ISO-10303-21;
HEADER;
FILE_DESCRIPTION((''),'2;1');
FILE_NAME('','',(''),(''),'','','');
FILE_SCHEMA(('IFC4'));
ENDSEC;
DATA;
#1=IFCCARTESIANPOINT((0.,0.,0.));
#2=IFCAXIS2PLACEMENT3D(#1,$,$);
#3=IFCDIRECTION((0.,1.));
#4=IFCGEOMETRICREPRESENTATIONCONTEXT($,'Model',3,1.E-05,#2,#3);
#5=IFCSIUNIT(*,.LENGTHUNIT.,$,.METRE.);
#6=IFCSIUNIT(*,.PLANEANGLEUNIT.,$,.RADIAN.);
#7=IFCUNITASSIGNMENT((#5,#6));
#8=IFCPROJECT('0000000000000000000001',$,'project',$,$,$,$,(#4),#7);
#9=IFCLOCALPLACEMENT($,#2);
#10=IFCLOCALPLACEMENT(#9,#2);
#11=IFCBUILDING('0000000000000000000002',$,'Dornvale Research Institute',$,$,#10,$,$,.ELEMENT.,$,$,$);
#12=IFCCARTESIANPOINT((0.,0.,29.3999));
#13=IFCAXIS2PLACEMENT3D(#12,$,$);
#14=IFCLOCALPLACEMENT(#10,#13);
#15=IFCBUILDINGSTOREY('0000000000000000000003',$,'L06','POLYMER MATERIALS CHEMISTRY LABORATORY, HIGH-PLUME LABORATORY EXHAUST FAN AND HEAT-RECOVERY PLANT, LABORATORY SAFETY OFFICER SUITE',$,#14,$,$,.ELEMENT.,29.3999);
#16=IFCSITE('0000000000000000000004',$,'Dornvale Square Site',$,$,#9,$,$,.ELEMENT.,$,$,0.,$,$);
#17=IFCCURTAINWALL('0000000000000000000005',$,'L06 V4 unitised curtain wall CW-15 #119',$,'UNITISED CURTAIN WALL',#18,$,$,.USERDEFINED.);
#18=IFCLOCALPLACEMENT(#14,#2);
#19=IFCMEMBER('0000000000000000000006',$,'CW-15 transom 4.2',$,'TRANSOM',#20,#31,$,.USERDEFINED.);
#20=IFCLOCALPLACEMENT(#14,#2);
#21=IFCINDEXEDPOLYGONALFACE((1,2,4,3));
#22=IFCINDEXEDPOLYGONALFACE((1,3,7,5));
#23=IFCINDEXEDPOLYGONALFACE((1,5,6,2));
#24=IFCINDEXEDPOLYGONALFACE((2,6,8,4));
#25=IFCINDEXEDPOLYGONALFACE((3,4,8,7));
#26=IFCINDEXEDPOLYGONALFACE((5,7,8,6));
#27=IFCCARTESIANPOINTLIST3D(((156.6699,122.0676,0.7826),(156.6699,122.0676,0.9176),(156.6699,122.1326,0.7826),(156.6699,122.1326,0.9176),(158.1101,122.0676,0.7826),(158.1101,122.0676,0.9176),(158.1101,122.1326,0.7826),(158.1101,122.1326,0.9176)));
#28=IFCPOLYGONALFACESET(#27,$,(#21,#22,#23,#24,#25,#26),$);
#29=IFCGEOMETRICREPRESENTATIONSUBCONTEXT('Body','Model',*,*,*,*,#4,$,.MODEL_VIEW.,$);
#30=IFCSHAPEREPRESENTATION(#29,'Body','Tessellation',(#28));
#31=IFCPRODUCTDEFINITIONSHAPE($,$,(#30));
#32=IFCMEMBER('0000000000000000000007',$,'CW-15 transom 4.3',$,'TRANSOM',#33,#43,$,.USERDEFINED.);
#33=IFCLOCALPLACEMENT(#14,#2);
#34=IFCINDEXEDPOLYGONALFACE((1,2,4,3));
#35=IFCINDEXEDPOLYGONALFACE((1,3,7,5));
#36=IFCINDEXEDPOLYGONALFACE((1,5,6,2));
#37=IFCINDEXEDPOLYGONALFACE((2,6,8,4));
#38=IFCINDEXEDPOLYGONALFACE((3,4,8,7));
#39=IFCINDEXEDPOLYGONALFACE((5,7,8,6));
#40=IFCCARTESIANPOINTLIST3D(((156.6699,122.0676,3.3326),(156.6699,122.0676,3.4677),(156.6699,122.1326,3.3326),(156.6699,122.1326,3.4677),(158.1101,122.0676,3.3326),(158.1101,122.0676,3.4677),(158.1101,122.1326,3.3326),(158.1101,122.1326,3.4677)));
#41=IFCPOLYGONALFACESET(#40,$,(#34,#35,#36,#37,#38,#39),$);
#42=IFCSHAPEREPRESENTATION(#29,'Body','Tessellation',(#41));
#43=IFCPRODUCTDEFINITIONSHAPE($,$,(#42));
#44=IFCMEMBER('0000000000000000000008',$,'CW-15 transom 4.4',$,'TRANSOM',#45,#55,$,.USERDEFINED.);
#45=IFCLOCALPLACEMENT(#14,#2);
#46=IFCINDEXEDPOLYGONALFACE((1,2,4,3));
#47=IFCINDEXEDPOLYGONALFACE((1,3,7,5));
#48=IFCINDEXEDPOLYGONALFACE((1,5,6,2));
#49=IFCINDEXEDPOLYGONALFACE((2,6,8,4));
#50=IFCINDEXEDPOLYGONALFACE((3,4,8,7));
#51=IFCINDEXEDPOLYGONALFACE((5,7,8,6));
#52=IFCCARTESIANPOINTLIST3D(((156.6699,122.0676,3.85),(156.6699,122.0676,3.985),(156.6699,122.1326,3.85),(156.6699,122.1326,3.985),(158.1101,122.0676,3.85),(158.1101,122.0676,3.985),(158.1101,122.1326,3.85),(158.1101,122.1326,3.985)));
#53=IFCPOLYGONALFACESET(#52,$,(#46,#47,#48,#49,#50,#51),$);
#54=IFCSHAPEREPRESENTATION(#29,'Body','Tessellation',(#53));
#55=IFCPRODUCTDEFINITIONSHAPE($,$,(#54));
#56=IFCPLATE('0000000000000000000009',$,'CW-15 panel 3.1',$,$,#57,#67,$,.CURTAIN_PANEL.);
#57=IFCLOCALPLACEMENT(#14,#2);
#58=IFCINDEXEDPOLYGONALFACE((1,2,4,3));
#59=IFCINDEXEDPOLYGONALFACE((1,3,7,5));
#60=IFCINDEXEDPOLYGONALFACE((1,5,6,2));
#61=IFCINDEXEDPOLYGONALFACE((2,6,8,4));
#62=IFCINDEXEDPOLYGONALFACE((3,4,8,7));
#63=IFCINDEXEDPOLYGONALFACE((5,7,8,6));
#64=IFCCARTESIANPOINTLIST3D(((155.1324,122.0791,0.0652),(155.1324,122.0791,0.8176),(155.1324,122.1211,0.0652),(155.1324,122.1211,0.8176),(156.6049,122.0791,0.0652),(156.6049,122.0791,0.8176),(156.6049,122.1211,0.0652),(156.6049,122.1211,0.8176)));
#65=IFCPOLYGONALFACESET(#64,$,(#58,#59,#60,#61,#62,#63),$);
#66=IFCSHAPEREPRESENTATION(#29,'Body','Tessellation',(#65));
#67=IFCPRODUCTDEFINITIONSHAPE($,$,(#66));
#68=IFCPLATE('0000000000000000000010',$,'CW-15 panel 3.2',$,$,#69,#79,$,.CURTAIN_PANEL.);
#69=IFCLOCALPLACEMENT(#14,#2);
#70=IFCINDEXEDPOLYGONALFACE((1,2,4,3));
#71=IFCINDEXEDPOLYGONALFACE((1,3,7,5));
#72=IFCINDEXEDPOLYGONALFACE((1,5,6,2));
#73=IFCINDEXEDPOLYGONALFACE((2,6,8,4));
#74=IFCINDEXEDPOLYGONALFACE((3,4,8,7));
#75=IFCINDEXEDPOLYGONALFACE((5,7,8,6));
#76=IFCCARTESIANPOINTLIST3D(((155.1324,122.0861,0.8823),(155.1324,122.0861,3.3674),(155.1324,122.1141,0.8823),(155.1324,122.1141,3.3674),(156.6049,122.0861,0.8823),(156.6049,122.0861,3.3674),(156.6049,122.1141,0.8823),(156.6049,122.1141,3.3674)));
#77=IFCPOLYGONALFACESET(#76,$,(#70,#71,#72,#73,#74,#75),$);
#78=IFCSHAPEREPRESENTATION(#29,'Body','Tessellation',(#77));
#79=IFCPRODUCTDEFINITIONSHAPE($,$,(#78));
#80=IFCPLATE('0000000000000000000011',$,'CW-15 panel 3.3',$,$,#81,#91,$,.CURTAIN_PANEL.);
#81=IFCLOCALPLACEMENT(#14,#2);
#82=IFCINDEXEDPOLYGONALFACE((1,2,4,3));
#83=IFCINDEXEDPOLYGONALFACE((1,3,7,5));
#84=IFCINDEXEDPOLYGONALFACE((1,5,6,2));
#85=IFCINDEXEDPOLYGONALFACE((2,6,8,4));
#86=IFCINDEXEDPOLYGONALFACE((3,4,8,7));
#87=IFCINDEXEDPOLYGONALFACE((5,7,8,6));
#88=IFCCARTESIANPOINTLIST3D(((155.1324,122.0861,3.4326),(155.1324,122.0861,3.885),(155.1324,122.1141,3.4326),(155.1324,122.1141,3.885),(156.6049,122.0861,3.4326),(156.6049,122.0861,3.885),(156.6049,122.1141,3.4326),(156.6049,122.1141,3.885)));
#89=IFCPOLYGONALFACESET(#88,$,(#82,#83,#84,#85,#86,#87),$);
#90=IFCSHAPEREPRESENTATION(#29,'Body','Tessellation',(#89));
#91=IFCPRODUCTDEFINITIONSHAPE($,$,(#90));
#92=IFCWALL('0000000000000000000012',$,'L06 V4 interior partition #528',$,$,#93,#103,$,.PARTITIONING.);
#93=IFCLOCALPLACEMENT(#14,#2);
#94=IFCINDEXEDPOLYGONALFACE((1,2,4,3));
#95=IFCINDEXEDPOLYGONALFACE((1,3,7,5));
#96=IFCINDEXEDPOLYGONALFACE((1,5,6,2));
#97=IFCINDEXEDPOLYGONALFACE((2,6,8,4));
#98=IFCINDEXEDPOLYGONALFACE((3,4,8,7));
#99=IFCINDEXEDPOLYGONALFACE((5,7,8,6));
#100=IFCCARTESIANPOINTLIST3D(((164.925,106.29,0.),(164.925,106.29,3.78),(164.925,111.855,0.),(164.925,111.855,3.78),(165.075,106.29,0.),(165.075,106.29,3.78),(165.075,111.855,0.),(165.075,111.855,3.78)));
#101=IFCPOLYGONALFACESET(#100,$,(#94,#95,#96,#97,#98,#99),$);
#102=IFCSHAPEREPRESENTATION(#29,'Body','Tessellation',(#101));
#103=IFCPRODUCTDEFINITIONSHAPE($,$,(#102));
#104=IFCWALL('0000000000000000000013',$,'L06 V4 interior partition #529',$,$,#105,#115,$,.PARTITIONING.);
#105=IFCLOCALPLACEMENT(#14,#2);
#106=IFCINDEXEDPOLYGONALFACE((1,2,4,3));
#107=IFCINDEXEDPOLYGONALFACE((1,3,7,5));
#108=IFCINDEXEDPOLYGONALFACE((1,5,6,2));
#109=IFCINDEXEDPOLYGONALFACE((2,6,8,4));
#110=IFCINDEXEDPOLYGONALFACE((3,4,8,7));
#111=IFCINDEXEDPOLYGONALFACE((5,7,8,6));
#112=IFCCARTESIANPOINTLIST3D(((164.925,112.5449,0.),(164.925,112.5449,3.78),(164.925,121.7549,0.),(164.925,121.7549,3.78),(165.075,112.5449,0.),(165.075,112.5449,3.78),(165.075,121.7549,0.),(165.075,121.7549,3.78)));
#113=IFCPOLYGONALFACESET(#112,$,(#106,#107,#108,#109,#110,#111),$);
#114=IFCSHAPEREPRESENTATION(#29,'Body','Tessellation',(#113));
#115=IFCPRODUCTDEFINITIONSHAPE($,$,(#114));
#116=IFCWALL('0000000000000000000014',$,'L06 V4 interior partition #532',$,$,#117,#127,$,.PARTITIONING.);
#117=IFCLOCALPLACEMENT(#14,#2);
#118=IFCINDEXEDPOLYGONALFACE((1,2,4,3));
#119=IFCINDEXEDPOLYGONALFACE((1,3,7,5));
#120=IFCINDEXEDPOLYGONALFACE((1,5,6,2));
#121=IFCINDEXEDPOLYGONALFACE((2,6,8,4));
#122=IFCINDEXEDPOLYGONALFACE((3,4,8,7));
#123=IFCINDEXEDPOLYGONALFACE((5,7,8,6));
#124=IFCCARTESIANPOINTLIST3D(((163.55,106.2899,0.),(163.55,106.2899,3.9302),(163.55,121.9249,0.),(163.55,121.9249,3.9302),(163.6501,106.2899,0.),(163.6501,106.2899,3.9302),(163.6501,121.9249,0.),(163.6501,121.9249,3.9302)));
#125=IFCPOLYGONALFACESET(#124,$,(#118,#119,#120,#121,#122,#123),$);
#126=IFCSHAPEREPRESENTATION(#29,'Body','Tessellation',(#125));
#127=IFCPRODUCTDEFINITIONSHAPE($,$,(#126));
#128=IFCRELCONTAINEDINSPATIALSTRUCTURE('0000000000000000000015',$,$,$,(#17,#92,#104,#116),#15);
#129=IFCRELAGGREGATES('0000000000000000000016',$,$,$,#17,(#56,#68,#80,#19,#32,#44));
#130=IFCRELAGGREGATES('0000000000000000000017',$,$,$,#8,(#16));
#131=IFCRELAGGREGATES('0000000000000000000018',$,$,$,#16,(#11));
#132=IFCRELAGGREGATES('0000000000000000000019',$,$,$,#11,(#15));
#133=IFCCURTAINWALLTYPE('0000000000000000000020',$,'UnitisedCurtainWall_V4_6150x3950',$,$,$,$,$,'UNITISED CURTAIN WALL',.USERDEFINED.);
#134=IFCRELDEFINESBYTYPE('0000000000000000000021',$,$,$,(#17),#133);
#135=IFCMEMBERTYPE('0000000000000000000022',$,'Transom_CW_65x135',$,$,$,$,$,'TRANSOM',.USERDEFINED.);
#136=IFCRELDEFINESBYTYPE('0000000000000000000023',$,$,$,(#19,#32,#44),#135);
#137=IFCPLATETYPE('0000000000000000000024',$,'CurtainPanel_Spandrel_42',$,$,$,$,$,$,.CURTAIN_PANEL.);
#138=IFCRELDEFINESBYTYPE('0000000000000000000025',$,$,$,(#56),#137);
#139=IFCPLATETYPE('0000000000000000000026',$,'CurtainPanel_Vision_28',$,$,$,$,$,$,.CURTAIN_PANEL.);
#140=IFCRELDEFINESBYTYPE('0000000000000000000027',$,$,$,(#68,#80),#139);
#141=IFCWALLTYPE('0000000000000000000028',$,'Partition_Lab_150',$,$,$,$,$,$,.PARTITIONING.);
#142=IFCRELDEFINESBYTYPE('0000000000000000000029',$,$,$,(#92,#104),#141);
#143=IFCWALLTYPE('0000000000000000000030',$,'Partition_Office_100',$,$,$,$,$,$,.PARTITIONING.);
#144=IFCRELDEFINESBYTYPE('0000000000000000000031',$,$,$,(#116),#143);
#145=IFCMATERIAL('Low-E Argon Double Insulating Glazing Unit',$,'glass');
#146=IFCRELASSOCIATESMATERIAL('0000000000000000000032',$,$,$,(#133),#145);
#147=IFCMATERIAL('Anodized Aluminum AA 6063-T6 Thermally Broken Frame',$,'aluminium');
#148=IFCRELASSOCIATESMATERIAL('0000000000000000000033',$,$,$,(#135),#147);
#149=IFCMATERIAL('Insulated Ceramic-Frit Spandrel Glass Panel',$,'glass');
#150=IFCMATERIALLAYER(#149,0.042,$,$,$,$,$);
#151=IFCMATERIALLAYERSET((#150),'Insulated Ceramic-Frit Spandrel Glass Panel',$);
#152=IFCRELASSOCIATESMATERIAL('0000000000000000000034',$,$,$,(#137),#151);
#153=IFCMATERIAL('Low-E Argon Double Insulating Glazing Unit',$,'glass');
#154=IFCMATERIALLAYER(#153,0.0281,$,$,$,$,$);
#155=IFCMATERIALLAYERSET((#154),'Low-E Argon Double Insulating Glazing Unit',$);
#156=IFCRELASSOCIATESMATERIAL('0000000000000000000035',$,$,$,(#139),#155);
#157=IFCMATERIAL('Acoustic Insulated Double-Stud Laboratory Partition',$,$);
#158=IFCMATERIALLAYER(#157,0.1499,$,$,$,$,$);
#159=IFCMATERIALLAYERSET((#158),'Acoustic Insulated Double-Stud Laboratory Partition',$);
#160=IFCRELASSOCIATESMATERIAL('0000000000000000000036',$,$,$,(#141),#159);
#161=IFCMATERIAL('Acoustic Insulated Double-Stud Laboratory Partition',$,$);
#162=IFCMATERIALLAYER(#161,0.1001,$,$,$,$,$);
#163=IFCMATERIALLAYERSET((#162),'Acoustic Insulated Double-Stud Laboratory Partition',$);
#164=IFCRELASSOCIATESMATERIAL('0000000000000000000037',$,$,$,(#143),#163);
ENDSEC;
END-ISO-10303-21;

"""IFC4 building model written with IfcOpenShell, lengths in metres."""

from ifc_helpers import new_model, si_unit, direction, frame, frame_2d, origin, origin_2d, place, context, subcontext, project, spatial, rectangle, extrude, material, layer, layer_set, material_profile, profile_set, type_object, element, aggregate, save


model = new_model("IFC4")

# Units and contexts
model_context = context("Model", 3, precision=1e-05, world=origin(), true_north=direction((0.0, 1.0)))
body_context = subcontext(model_context, "Body", "Model", "MODEL_VIEW")
ifc_project = project(units=[si_unit("LENGTHUNIT", "METRE"), si_unit("PLANEANGLEUNIT", "RADIAN")], contexts=[model_context])

# Site, building, storey
site_placement = place(None, origin())
site = spatial("IfcSite", under=ifc_project, at=site_placement, Name="Dornvale Square Site", CompositionType="ELEMENT", RefElevation=0.0)
building_placement = place(site_placement, origin())
building = spatial("IfcBuilding", under=site, at=building_placement, Name="Dornvale Research Institute", CompositionType="ELEMENT")
storey_placement = place(building_placement, frame((0.0, 0.0, 29.3999)))
storey = spatial("IfcBuildingStorey", under=building, at=storey_placement, Name="L06", Description="POLYMER MATERIALS CHEMISTRY LABORATORY, HIGH-PLUME LABORATORY EXHAUST FAN AND HEAT-RECOVERY PLANT, LABORATORY SAFETY OFFICER SUITE", CompositionType="ELEMENT", Elevation=29.3999)

# Curtain wall, members, plates
ifc_material_1 = material(Name="Low-E Argon Double Insulating Glazing Unit", Category="glass")
curtain_wall_type = type_object("IfcCurtainWallType", Name="UnitisedCurtainWall_V4_6150x3950", ElementType="UNITISED CURTAIN WALL", PredefinedType="USERDEFINED", material=ifc_material_1)
curtain_wall_placement = place(storey_placement, origin())
curtain_wall = element("IfcCurtainWall", 1, at=curtain_wall_placement, inside=storey, type_object=curtain_wall_type, Name="L06 V4 unitised curtain wall CW-15 #119", ObjectType="UNITISED CURTAIN WALL", PredefinedType="USERDEFINED")
ifc_material_2 = material(Name="Anodized Aluminum AA 6063-T6 Thermally Broken Frame", Category="aluminium")
ifc_material_profile_1 = material_profile(ifc_material_2, rectangle(XDim=0.0649, YDim=0.135, at=origin_2d()), Name="ALU TRANSOM 65x135")
ifc_profile_set_1 = profile_set([ifc_material_profile_1], Name="Anodized Aluminum AA 6063-T6 Thermally Broken Frame")
member_type_1 = type_object("IfcMemberType", Name="Transom_CW_65x135", ElementType="TRANSOM", PredefinedType="USERDEFINED", material=ifc_profile_set_1)
member_1_placement = place(storey_placement, frame((156.6699, 122.1001, 0.8501), z_axis=(1.0, 0.0, 0.0), x_axis=(0.0, 1.0, 0.0)))
member_1 = element("IfcMember", 2, at=member_1_placement, type_object=member_type_1, Name="CW-15 transom 4.2", ObjectType="TRANSOM", PredefinedType="USERDEFINED", context=body_context, shape_type="SweptSolid", body=[
    extrude(rectangle(XDim=0.0649, YDim=0.135, at=origin_2d()), origin(), (0.0, 0.0, 1.0), 1.4402),
])
member_2_placement = place(storey_placement, frame((156.6699, 122.1001, 3.4001), z_axis=(1.0, 0.0, 0.0), x_axis=(0.0, 1.0, 0.0)))
member_2 = element("IfcMember", 3, at=member_2_placement, type_object=member_type_1, Name="CW-15 transom 4.3", ObjectType="TRANSOM", PredefinedType="USERDEFINED", context=body_context, shape_type="SweptSolid", body=[
    extrude(rectangle(XDim=0.0649, YDim=0.135, at=origin_2d()), origin(), (0.0, 0.0, 1.0), 1.4402),
])
member_3_placement = place(storey_placement, frame((156.6699, 122.1001, 3.9175), z_axis=(1.0, 0.0, 0.0), x_axis=(0.0, 1.0, 0.0)))
member_3 = element("IfcMember", 4, at=member_3_placement, type_object=member_type_1, Name="CW-15 transom 4.4", ObjectType="TRANSOM", PredefinedType="USERDEFINED", context=body_context, shape_type="SweptSolid", body=[
    extrude(rectangle(XDim=0.0649, YDim=0.135, at=origin_2d()), origin(), (0.0, 0.0, 1.0), 1.4402),
])
ifc_material_3 = material(Name="Insulated Ceramic-Frit Spandrel Glass Panel", Category="glass")
ifc_layer_1 = layer(ifc_material_3, 0.042)
ifc_layer_set_1 = layer_set([ifc_layer_1], Name="Insulated Ceramic-Frit Spandrel Glass Panel")
plate_type_1 = type_object("IfcPlateType", Name="CurtainPanel_Spandrel_42", PredefinedType="CURTAIN_PANEL", material=ifc_layer_set_1)
plate_1_placement = place(storey_placement, frame((155.8687, 122.1001, 0.0652), z_axis=(0.0, 0.0, 1.0), x_axis=(1.0, 0.0, 0.0)))
plate_1 = element("IfcPlate", 5, at=plate_1_placement, type_object=plate_type_1, Name="CW-15 panel 3.1", PredefinedType="CURTAIN_PANEL", context=body_context, shape_type="SweptSolid", body=[
    extrude(rectangle(XDim=1.4724, YDim=0.042, at=origin_2d()), origin(), (0.0, 0.0, 1.0), 0.7524),
])
ifc_material_4 = material(Name="Low-E Argon Double Insulating Glazing Unit", Category="glass")
ifc_layer_2 = layer(ifc_material_4, 0.0281)
ifc_layer_set_2 = layer_set([ifc_layer_2], Name="Low-E Argon Double Insulating Glazing Unit")
plate_type_2 = type_object("IfcPlateType", Name="CurtainPanel_Vision_28", PredefinedType="CURTAIN_PANEL", material=ifc_layer_set_2)
plate_2_placement = place(storey_placement, frame((155.8687, 122.1001, 0.8823), z_axis=(0.0, 0.0, 1.0), x_axis=(1.0, 0.0, 0.0)))
plate_2 = element("IfcPlate", 6, at=plate_2_placement, type_object=plate_type_2, Name="CW-15 panel 3.2", PredefinedType="CURTAIN_PANEL", context=body_context, shape_type="SweptSolid", body=[
    extrude(rectangle(XDim=1.4724, YDim=0.0281, at=origin_2d()), origin(), (0.0, 0.0, 1.0), 2.4851),
])
plate_3_placement = place(storey_placement, frame((155.8687, 122.1001, 3.4326), z_axis=(0.0, 0.0, 1.0), x_axis=(1.0, 0.0, 0.0)))
plate_3 = element("IfcPlate", 7, at=plate_3_placement, type_object=plate_type_2, Name="CW-15 panel 3.3", PredefinedType="CURTAIN_PANEL", context=body_context, shape_type="SweptSolid", body=[
    extrude(rectangle(XDim=1.4724, YDim=0.0281, at=origin_2d()), origin(), (0.0, 0.0, 1.0), 0.4524),
])
aggregate(curtain_wall, [plate_1, plate_2, plate_3, member_1, member_2, member_3])

# Walls
ifc_material_5 = material(Name="Acoustic Insulated Double-Stud Laboratory Partition")
ifc_layer_3 = layer(ifc_material_5, 0.1499)
ifc_layer_set_3 = layer_set([ifc_layer_3], Name="Acoustic Insulated Double-Stud Laboratory Partition")
wall_type_1 = type_object("IfcWallType", Name="Partition_Lab_150", PredefinedType="PARTITIONING", material=ifc_layer_set_3)
wall_1_placement = place(storey_placement, frame((165.0, 106.29, 0.0), z_axis=(0.0, 0.0, 1.0), x_axis=(0.0, 1.0, 0.0)))
element("IfcWall", 8, at=wall_1_placement, inside=storey, type_object=wall_type_1, Name="L06 V4 interior partition #528", PredefinedType="PARTITIONING", context=body_context, shape_type="SweptSolid", body=[
    extrude(rectangle(XDim=5.5649, YDim=0.1499, at=frame_2d((2.7825, 0.0))), origin(), (0.0, 0.0, 1.0), 3.78),
])
wall_2_placement = place(storey_placement, frame((165.0, 112.5449, 0.0), z_axis=(0.0, 0.0, 1.0), x_axis=(0.0, 1.0, 0.0)))
element("IfcWall", 9, at=wall_2_placement, inside=storey, type_object=wall_type_1, Name="L06 V4 interior partition #529", PredefinedType="PARTITIONING", context=body_context, shape_type="SweptSolid", body=[
    extrude(rectangle(XDim=9.21, YDim=0.1499, at=frame_2d((4.605, 0.0))), origin(), (0.0, 0.0, 1.0), 3.78),
])
ifc_material_6 = material(Name="Acoustic Insulated Double-Stud Laboratory Partition")
ifc_layer_4 = layer(ifc_material_6, 0.1001)
ifc_layer_set_4 = layer_set([ifc_layer_4], Name="Acoustic Insulated Double-Stud Laboratory Partition")
wall_type_2 = type_object("IfcWallType", Name="Partition_Office_100", PredefinedType="PARTITIONING", material=ifc_layer_set_4)
wall_3_placement = place(storey_placement, frame((163.6001, 106.29, 0.0), z_axis=(0.0, 0.0, 1.0), x_axis=(0.0, 1.0, 0.0)))
element("IfcWall", 10, at=wall_3_placement, inside=storey, type_object=wall_type_2, Name="L06 V4 interior partition #532", PredefinedType="PARTITIONING", context=body_context, shape_type="SweptSolid", body=[
    extrude(rectangle(XDim=15.635, YDim=0.1001, at=frame_2d((7.8174, 0.0))), origin(), (0.0, 0.0, 1.0), 3.9302),
])

save(model, "model.ifc")
